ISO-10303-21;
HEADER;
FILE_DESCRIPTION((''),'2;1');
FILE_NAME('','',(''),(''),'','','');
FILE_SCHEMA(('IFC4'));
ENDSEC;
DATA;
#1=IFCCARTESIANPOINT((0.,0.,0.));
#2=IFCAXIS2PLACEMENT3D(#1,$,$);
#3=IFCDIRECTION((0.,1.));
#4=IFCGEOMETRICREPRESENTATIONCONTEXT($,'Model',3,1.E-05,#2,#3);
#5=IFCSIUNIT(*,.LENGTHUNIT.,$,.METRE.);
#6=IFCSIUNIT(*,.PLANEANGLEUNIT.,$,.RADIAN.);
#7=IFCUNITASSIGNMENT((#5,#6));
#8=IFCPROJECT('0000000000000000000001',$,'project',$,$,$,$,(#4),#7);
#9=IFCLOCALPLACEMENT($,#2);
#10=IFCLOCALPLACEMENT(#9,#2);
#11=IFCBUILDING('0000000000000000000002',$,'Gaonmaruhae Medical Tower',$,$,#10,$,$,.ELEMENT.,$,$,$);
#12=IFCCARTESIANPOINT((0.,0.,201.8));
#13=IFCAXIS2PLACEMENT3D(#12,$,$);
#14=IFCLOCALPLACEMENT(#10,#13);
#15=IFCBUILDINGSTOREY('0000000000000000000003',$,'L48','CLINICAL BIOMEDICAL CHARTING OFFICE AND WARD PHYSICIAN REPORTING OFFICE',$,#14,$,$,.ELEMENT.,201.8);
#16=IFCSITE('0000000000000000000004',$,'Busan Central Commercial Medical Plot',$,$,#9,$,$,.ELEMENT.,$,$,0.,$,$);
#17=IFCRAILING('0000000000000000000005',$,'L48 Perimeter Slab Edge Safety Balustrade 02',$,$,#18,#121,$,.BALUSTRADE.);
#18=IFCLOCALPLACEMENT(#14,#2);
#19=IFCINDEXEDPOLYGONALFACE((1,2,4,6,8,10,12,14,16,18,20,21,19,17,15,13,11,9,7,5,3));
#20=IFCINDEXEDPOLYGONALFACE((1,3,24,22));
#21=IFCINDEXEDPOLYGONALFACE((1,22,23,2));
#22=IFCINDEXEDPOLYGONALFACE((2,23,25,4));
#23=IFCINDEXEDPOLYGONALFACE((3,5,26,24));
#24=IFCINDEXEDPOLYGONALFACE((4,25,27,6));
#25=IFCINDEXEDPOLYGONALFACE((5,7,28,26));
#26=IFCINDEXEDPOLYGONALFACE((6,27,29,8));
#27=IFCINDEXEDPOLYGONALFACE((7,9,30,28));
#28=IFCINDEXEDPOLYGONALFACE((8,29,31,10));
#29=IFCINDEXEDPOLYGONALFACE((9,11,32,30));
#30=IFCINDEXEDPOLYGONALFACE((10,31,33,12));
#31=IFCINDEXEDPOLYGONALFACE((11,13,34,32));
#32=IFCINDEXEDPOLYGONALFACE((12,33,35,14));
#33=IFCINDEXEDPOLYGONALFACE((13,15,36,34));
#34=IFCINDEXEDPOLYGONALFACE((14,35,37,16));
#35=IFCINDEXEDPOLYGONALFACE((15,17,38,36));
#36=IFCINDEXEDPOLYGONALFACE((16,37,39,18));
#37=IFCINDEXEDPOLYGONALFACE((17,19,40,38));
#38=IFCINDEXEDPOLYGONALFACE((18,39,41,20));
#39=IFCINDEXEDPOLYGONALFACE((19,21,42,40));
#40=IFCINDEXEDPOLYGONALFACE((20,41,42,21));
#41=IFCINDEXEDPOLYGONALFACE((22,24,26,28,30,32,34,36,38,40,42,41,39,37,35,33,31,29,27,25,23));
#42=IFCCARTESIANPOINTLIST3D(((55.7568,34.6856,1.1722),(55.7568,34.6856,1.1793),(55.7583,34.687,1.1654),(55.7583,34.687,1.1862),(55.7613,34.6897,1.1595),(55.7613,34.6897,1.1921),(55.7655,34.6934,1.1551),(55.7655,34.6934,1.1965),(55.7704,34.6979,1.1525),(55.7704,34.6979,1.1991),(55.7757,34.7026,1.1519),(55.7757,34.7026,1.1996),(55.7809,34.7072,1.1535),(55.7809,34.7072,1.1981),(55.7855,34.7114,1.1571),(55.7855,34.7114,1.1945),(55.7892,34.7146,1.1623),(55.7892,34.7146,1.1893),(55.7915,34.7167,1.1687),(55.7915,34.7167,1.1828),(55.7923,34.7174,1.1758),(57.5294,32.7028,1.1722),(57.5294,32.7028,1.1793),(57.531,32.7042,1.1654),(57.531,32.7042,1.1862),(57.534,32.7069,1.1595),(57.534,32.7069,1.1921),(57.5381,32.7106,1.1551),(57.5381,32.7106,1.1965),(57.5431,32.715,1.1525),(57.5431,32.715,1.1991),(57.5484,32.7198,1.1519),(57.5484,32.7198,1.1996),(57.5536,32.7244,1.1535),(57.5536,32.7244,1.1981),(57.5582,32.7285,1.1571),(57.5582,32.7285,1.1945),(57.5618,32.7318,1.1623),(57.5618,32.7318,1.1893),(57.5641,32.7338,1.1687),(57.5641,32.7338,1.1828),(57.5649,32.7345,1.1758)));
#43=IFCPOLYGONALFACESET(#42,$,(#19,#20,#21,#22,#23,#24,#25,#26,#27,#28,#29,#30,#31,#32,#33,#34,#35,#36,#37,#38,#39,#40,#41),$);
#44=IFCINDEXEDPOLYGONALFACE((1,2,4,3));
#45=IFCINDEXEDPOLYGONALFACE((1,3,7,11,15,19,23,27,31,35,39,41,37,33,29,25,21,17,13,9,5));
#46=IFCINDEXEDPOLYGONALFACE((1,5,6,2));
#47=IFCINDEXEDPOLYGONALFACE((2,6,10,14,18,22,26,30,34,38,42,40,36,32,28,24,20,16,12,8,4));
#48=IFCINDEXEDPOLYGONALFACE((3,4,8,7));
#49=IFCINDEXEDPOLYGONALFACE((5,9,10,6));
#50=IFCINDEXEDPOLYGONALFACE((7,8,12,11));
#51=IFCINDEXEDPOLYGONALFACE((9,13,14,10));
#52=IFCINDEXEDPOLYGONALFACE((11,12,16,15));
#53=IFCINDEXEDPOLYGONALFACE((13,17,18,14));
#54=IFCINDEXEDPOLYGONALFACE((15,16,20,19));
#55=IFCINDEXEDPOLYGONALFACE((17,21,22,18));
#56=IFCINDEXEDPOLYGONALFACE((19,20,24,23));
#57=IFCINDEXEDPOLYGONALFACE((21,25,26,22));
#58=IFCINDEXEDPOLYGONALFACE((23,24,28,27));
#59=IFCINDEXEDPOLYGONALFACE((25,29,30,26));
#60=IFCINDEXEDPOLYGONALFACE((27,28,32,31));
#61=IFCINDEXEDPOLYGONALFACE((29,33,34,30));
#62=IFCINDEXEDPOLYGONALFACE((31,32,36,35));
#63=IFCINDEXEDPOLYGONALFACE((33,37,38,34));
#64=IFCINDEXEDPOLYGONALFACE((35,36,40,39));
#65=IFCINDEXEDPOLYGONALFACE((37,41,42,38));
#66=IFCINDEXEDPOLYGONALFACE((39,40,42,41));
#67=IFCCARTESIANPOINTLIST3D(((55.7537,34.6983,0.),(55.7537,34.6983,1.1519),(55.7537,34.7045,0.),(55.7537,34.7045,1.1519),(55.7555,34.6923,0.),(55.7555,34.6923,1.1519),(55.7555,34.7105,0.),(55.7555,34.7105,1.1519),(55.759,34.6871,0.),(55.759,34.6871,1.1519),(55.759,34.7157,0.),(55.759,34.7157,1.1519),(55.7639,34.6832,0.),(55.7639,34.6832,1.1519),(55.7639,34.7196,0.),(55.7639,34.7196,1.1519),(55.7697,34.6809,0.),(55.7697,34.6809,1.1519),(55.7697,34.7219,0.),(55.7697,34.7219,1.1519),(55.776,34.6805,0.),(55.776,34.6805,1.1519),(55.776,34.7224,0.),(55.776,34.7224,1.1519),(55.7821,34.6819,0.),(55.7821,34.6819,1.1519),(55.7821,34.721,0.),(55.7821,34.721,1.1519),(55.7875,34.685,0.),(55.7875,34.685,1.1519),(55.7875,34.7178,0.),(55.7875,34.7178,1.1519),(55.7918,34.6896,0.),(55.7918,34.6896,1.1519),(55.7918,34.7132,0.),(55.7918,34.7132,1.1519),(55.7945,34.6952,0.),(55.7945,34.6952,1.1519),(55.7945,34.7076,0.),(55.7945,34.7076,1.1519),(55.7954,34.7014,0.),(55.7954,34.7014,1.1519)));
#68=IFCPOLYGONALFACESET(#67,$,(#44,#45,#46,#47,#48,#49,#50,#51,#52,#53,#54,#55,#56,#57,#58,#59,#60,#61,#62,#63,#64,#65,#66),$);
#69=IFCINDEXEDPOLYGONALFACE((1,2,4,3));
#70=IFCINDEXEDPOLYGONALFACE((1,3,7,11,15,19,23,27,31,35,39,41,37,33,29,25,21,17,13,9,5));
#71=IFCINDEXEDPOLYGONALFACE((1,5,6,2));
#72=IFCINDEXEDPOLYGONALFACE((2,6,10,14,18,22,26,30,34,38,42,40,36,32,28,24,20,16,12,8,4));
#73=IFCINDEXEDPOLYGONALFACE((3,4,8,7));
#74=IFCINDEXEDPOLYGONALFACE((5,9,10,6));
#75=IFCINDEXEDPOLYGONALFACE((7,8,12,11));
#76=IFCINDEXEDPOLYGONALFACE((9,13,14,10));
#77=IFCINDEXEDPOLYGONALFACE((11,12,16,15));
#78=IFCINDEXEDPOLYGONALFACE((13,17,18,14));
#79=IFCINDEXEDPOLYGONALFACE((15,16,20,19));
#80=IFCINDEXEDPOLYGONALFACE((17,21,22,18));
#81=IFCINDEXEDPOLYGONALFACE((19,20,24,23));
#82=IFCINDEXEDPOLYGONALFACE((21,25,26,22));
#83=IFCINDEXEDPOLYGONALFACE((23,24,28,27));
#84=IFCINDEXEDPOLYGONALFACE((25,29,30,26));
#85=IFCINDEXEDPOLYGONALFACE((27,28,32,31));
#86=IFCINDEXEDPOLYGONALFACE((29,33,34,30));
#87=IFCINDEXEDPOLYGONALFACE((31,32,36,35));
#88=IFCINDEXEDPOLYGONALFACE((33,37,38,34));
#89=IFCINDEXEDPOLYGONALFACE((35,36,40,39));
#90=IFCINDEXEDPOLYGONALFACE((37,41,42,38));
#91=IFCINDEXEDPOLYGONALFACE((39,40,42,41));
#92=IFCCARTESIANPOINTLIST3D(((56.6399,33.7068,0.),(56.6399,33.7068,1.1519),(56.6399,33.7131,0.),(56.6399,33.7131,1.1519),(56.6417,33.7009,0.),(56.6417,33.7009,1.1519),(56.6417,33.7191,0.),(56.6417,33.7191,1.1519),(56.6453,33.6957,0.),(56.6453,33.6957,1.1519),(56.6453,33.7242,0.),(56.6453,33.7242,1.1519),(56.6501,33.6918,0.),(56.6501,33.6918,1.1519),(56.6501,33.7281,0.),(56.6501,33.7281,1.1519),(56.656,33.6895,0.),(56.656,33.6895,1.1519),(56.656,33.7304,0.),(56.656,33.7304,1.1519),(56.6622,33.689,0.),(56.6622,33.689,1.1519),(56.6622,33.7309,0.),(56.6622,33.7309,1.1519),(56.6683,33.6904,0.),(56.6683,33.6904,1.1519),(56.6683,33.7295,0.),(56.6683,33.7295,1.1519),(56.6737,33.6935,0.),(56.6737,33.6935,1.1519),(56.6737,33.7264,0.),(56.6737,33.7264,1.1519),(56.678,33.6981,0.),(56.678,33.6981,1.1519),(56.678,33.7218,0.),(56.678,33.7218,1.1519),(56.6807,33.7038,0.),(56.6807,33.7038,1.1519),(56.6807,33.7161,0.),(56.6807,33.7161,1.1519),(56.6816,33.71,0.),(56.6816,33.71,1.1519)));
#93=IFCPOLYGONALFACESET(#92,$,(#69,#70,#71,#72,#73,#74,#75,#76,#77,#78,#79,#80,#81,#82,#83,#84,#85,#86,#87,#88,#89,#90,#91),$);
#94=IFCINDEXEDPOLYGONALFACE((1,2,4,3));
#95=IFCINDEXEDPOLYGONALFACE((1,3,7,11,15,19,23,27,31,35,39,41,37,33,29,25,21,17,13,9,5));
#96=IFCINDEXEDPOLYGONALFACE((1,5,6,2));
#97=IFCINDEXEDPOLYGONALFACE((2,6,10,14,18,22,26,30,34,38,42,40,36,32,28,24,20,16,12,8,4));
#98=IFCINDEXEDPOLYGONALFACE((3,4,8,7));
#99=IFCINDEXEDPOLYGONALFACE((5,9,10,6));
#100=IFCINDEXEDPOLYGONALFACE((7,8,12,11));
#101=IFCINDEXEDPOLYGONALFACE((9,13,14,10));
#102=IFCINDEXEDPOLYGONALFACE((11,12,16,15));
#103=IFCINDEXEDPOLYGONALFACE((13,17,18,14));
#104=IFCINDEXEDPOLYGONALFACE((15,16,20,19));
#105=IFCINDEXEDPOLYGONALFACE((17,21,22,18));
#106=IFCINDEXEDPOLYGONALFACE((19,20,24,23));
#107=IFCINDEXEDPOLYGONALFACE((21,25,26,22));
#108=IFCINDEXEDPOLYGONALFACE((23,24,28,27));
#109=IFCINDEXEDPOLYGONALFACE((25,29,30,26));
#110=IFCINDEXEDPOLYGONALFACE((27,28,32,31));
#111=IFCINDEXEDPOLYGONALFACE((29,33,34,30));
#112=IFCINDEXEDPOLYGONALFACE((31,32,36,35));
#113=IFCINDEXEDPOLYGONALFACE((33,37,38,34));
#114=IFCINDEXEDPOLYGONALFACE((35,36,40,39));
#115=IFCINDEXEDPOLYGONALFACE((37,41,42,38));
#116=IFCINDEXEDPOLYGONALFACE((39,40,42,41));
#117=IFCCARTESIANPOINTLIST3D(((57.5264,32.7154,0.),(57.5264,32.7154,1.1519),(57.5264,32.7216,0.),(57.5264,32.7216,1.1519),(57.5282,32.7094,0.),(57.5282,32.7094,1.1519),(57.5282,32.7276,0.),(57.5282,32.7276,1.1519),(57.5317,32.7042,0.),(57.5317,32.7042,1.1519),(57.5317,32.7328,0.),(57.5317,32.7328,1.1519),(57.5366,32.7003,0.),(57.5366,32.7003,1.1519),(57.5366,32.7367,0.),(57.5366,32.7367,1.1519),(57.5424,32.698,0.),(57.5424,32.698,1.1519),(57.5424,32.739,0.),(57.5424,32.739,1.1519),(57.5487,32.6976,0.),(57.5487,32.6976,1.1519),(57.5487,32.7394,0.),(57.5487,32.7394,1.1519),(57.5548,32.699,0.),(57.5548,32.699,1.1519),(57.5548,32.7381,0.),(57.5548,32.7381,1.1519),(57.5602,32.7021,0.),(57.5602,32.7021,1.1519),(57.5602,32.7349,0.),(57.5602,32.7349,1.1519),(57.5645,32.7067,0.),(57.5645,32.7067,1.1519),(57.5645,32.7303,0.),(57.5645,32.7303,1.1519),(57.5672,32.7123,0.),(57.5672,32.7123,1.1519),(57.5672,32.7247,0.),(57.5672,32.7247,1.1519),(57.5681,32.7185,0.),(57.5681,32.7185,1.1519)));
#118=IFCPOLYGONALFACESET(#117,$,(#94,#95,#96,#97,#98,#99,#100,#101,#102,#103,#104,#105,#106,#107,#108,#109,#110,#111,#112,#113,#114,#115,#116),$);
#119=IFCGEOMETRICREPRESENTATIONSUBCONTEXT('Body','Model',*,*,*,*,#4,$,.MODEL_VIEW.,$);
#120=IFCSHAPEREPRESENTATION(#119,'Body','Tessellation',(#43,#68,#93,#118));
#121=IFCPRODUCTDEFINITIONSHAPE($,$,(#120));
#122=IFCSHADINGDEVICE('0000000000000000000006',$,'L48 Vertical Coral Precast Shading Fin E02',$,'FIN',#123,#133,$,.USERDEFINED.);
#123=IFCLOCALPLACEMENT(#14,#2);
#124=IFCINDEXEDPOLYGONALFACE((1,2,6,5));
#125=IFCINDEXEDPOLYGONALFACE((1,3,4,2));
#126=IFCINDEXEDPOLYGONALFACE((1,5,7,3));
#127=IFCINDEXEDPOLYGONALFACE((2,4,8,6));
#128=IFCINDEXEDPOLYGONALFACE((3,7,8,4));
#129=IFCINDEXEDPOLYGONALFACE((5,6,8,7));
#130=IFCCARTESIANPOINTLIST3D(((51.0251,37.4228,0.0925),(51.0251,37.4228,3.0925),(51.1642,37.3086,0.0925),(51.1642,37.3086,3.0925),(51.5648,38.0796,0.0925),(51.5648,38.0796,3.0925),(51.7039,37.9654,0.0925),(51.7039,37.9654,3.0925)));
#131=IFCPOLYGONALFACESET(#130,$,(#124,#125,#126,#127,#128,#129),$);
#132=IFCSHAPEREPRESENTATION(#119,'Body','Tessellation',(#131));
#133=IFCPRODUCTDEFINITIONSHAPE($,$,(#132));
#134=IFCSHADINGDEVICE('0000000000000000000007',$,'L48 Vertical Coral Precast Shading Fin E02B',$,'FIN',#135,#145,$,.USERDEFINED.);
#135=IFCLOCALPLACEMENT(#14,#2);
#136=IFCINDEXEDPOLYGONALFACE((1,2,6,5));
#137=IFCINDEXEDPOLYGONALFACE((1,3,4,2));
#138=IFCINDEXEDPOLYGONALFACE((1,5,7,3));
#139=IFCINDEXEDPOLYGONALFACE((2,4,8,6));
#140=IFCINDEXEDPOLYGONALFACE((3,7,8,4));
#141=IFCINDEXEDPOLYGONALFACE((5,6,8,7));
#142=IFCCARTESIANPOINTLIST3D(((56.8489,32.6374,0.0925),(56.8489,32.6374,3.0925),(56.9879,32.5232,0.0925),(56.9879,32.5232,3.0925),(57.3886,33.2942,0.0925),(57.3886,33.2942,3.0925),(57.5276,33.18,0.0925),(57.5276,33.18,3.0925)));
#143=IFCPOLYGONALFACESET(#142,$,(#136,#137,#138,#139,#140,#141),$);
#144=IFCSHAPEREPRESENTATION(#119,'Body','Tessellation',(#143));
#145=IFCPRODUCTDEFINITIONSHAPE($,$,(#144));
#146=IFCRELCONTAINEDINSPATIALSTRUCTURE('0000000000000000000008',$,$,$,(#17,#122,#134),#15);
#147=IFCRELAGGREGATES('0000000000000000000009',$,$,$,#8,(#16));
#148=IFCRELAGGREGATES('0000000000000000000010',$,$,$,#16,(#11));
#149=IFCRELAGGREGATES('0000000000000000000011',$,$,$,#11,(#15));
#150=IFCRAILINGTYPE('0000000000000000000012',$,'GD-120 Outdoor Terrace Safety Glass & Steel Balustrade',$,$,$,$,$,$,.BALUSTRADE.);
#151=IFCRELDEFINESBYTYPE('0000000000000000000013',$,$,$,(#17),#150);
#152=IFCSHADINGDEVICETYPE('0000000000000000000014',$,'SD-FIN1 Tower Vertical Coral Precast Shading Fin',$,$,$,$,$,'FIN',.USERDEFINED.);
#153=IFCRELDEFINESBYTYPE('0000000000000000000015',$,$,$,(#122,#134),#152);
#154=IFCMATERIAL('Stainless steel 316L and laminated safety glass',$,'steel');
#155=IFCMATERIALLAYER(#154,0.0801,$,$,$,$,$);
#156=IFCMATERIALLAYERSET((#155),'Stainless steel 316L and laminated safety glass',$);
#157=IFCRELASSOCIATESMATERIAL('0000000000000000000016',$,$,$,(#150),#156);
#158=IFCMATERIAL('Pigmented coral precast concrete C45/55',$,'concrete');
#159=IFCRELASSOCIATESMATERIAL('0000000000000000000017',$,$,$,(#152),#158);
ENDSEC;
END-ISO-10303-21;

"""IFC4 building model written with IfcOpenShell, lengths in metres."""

from ifc_helpers import new_model, si_unit, direction, frame, origin, origin_2d, place, context, subcontext, project, spatial, rectangle, circle, extrude, material, layer, layer_set, type_object, element, save


model = new_model("IFC4")

# Units and contexts
model_context = context("Model", 3, precision=1e-05, world=origin(), true_north=direction((0.0, 1.0)))
body_context = subcontext(model_context, "Body", "Model", "MODEL_VIEW")
ifc_project = project(units=[si_unit("LENGTHUNIT", "METRE"), si_unit("PLANEANGLEUNIT", "RADIAN")], contexts=[model_context])

# Site, building, storey
site_placement = place(None, origin())
site = spatial("IfcSite", under=ifc_project, at=site_placement, Name="Busan Central Commercial Medical Plot", CompositionType="ELEMENT", RefElevation=0.0)
building_placement = place(site_placement, origin())
building = spatial("IfcBuilding", under=site, at=building_placement, Name="Gaonmaruhae Medical Tower", CompositionType="ELEMENT")
storey_placement = place(building_placement, frame((0.0, 0.0, 201.8)))
storey = spatial("IfcBuildingStorey", under=building, at=storey_placement, Name="L48", Description="CLINICAL BIOMEDICAL CHARTING OFFICE AND WARD PHYSICIAN REPORTING OFFICE", CompositionType="ELEMENT", Elevation=201.8)

# Railing
ifc_material_1 = material(Name="Stainless steel 316L and laminated safety glass", Category="steel")
ifc_layer_1 = layer(ifc_material_1, 0.0801)
ifc_layer_set_1 = layer_set([ifc_layer_1], Name="Stainless steel 316L and laminated safety glass")
railing_type = type_object("IfcRailingType", Name="GD-120 Outdoor Terrace Safety Glass & Steel Balustrade", PredefinedType="BALUSTRADE", material=ifc_layer_set_1)
railing_1_placement = place(storey_placement, frame((55.7744, 34.7014, 0.0)))
element("IfcRailing", 1, at=railing_1_placement, inside=storey, type_object=railing_type, Name="L48 Perimeter Slab Edge Safety Balustrade 02", PredefinedType="BALUSTRADE", context=body_context, shape_type="SweptSolid", body=[
    extrude(circle(Radius=0.0239, at=origin_2d()), frame((0.0, 0.0, 1.1758), z_axis=(0.666486, -0.745517, 0.0), x_axis=(0.745517, 0.666486, 0.0)), (0.0, 0.0, 1.0), 2.6597),
    extrude(circle(Radius=0.021, at=origin_2d()), origin(), (0.0, 0.0, 1.0), 1.1519),
    extrude(circle(Radius=0.021, at=origin_2d()), frame((0.8862, -0.9915, 0.0)), (0.0, 0.0, 1.0), 1.1519),
    extrude(circle(Radius=0.021, at=origin_2d()), frame((1.7727, -1.9829, 0.0)), (0.0, 0.0, 1.0), 1.1519),
])

# Shading devices
ifc_material_2 = material(Name="Pigmented coral precast concrete C45/55", Category="concrete")
shading_device_type = type_object("IfcShadingDeviceType", Name="SD-FIN1 Tower Vertical Coral Precast Shading Fin", ElementType="FIN", PredefinedType="USERDEFINED", material=ifc_material_2)
for number, where, z_axis, x_axis, name in (
    (2, (51.3645, 37.6941, 0.0925), (0.0, 0.0, 1.0), (0.772634, -0.634852, 0.0), "L48 Vertical Coral Precast Shading Fin E02"),
    (3, (57.1882, 32.9087, 0.0925), (0.0, 0.0, 1.0), (0.772634, -0.634852, 0.0), "L48 Vertical Coral Precast Shading Fin E02B"),
):
    element("IfcShadingDevice", number, at=place(storey_placement, frame(where, z_axis=z_axis, x_axis=x_axis)), inside=storey, type_object=shading_device_type, Name=name, ObjectType="FIN", PredefinedType="USERDEFINED", context=body_context, shape_type="SweptSolid", body=[
        extrude(rectangle(XDim=0.1799, YDim=0.8501, at=origin_2d()), origin(), (0.0, 0.0, 1.0), 3.0),
    ])

save(model, "model.ifc")
